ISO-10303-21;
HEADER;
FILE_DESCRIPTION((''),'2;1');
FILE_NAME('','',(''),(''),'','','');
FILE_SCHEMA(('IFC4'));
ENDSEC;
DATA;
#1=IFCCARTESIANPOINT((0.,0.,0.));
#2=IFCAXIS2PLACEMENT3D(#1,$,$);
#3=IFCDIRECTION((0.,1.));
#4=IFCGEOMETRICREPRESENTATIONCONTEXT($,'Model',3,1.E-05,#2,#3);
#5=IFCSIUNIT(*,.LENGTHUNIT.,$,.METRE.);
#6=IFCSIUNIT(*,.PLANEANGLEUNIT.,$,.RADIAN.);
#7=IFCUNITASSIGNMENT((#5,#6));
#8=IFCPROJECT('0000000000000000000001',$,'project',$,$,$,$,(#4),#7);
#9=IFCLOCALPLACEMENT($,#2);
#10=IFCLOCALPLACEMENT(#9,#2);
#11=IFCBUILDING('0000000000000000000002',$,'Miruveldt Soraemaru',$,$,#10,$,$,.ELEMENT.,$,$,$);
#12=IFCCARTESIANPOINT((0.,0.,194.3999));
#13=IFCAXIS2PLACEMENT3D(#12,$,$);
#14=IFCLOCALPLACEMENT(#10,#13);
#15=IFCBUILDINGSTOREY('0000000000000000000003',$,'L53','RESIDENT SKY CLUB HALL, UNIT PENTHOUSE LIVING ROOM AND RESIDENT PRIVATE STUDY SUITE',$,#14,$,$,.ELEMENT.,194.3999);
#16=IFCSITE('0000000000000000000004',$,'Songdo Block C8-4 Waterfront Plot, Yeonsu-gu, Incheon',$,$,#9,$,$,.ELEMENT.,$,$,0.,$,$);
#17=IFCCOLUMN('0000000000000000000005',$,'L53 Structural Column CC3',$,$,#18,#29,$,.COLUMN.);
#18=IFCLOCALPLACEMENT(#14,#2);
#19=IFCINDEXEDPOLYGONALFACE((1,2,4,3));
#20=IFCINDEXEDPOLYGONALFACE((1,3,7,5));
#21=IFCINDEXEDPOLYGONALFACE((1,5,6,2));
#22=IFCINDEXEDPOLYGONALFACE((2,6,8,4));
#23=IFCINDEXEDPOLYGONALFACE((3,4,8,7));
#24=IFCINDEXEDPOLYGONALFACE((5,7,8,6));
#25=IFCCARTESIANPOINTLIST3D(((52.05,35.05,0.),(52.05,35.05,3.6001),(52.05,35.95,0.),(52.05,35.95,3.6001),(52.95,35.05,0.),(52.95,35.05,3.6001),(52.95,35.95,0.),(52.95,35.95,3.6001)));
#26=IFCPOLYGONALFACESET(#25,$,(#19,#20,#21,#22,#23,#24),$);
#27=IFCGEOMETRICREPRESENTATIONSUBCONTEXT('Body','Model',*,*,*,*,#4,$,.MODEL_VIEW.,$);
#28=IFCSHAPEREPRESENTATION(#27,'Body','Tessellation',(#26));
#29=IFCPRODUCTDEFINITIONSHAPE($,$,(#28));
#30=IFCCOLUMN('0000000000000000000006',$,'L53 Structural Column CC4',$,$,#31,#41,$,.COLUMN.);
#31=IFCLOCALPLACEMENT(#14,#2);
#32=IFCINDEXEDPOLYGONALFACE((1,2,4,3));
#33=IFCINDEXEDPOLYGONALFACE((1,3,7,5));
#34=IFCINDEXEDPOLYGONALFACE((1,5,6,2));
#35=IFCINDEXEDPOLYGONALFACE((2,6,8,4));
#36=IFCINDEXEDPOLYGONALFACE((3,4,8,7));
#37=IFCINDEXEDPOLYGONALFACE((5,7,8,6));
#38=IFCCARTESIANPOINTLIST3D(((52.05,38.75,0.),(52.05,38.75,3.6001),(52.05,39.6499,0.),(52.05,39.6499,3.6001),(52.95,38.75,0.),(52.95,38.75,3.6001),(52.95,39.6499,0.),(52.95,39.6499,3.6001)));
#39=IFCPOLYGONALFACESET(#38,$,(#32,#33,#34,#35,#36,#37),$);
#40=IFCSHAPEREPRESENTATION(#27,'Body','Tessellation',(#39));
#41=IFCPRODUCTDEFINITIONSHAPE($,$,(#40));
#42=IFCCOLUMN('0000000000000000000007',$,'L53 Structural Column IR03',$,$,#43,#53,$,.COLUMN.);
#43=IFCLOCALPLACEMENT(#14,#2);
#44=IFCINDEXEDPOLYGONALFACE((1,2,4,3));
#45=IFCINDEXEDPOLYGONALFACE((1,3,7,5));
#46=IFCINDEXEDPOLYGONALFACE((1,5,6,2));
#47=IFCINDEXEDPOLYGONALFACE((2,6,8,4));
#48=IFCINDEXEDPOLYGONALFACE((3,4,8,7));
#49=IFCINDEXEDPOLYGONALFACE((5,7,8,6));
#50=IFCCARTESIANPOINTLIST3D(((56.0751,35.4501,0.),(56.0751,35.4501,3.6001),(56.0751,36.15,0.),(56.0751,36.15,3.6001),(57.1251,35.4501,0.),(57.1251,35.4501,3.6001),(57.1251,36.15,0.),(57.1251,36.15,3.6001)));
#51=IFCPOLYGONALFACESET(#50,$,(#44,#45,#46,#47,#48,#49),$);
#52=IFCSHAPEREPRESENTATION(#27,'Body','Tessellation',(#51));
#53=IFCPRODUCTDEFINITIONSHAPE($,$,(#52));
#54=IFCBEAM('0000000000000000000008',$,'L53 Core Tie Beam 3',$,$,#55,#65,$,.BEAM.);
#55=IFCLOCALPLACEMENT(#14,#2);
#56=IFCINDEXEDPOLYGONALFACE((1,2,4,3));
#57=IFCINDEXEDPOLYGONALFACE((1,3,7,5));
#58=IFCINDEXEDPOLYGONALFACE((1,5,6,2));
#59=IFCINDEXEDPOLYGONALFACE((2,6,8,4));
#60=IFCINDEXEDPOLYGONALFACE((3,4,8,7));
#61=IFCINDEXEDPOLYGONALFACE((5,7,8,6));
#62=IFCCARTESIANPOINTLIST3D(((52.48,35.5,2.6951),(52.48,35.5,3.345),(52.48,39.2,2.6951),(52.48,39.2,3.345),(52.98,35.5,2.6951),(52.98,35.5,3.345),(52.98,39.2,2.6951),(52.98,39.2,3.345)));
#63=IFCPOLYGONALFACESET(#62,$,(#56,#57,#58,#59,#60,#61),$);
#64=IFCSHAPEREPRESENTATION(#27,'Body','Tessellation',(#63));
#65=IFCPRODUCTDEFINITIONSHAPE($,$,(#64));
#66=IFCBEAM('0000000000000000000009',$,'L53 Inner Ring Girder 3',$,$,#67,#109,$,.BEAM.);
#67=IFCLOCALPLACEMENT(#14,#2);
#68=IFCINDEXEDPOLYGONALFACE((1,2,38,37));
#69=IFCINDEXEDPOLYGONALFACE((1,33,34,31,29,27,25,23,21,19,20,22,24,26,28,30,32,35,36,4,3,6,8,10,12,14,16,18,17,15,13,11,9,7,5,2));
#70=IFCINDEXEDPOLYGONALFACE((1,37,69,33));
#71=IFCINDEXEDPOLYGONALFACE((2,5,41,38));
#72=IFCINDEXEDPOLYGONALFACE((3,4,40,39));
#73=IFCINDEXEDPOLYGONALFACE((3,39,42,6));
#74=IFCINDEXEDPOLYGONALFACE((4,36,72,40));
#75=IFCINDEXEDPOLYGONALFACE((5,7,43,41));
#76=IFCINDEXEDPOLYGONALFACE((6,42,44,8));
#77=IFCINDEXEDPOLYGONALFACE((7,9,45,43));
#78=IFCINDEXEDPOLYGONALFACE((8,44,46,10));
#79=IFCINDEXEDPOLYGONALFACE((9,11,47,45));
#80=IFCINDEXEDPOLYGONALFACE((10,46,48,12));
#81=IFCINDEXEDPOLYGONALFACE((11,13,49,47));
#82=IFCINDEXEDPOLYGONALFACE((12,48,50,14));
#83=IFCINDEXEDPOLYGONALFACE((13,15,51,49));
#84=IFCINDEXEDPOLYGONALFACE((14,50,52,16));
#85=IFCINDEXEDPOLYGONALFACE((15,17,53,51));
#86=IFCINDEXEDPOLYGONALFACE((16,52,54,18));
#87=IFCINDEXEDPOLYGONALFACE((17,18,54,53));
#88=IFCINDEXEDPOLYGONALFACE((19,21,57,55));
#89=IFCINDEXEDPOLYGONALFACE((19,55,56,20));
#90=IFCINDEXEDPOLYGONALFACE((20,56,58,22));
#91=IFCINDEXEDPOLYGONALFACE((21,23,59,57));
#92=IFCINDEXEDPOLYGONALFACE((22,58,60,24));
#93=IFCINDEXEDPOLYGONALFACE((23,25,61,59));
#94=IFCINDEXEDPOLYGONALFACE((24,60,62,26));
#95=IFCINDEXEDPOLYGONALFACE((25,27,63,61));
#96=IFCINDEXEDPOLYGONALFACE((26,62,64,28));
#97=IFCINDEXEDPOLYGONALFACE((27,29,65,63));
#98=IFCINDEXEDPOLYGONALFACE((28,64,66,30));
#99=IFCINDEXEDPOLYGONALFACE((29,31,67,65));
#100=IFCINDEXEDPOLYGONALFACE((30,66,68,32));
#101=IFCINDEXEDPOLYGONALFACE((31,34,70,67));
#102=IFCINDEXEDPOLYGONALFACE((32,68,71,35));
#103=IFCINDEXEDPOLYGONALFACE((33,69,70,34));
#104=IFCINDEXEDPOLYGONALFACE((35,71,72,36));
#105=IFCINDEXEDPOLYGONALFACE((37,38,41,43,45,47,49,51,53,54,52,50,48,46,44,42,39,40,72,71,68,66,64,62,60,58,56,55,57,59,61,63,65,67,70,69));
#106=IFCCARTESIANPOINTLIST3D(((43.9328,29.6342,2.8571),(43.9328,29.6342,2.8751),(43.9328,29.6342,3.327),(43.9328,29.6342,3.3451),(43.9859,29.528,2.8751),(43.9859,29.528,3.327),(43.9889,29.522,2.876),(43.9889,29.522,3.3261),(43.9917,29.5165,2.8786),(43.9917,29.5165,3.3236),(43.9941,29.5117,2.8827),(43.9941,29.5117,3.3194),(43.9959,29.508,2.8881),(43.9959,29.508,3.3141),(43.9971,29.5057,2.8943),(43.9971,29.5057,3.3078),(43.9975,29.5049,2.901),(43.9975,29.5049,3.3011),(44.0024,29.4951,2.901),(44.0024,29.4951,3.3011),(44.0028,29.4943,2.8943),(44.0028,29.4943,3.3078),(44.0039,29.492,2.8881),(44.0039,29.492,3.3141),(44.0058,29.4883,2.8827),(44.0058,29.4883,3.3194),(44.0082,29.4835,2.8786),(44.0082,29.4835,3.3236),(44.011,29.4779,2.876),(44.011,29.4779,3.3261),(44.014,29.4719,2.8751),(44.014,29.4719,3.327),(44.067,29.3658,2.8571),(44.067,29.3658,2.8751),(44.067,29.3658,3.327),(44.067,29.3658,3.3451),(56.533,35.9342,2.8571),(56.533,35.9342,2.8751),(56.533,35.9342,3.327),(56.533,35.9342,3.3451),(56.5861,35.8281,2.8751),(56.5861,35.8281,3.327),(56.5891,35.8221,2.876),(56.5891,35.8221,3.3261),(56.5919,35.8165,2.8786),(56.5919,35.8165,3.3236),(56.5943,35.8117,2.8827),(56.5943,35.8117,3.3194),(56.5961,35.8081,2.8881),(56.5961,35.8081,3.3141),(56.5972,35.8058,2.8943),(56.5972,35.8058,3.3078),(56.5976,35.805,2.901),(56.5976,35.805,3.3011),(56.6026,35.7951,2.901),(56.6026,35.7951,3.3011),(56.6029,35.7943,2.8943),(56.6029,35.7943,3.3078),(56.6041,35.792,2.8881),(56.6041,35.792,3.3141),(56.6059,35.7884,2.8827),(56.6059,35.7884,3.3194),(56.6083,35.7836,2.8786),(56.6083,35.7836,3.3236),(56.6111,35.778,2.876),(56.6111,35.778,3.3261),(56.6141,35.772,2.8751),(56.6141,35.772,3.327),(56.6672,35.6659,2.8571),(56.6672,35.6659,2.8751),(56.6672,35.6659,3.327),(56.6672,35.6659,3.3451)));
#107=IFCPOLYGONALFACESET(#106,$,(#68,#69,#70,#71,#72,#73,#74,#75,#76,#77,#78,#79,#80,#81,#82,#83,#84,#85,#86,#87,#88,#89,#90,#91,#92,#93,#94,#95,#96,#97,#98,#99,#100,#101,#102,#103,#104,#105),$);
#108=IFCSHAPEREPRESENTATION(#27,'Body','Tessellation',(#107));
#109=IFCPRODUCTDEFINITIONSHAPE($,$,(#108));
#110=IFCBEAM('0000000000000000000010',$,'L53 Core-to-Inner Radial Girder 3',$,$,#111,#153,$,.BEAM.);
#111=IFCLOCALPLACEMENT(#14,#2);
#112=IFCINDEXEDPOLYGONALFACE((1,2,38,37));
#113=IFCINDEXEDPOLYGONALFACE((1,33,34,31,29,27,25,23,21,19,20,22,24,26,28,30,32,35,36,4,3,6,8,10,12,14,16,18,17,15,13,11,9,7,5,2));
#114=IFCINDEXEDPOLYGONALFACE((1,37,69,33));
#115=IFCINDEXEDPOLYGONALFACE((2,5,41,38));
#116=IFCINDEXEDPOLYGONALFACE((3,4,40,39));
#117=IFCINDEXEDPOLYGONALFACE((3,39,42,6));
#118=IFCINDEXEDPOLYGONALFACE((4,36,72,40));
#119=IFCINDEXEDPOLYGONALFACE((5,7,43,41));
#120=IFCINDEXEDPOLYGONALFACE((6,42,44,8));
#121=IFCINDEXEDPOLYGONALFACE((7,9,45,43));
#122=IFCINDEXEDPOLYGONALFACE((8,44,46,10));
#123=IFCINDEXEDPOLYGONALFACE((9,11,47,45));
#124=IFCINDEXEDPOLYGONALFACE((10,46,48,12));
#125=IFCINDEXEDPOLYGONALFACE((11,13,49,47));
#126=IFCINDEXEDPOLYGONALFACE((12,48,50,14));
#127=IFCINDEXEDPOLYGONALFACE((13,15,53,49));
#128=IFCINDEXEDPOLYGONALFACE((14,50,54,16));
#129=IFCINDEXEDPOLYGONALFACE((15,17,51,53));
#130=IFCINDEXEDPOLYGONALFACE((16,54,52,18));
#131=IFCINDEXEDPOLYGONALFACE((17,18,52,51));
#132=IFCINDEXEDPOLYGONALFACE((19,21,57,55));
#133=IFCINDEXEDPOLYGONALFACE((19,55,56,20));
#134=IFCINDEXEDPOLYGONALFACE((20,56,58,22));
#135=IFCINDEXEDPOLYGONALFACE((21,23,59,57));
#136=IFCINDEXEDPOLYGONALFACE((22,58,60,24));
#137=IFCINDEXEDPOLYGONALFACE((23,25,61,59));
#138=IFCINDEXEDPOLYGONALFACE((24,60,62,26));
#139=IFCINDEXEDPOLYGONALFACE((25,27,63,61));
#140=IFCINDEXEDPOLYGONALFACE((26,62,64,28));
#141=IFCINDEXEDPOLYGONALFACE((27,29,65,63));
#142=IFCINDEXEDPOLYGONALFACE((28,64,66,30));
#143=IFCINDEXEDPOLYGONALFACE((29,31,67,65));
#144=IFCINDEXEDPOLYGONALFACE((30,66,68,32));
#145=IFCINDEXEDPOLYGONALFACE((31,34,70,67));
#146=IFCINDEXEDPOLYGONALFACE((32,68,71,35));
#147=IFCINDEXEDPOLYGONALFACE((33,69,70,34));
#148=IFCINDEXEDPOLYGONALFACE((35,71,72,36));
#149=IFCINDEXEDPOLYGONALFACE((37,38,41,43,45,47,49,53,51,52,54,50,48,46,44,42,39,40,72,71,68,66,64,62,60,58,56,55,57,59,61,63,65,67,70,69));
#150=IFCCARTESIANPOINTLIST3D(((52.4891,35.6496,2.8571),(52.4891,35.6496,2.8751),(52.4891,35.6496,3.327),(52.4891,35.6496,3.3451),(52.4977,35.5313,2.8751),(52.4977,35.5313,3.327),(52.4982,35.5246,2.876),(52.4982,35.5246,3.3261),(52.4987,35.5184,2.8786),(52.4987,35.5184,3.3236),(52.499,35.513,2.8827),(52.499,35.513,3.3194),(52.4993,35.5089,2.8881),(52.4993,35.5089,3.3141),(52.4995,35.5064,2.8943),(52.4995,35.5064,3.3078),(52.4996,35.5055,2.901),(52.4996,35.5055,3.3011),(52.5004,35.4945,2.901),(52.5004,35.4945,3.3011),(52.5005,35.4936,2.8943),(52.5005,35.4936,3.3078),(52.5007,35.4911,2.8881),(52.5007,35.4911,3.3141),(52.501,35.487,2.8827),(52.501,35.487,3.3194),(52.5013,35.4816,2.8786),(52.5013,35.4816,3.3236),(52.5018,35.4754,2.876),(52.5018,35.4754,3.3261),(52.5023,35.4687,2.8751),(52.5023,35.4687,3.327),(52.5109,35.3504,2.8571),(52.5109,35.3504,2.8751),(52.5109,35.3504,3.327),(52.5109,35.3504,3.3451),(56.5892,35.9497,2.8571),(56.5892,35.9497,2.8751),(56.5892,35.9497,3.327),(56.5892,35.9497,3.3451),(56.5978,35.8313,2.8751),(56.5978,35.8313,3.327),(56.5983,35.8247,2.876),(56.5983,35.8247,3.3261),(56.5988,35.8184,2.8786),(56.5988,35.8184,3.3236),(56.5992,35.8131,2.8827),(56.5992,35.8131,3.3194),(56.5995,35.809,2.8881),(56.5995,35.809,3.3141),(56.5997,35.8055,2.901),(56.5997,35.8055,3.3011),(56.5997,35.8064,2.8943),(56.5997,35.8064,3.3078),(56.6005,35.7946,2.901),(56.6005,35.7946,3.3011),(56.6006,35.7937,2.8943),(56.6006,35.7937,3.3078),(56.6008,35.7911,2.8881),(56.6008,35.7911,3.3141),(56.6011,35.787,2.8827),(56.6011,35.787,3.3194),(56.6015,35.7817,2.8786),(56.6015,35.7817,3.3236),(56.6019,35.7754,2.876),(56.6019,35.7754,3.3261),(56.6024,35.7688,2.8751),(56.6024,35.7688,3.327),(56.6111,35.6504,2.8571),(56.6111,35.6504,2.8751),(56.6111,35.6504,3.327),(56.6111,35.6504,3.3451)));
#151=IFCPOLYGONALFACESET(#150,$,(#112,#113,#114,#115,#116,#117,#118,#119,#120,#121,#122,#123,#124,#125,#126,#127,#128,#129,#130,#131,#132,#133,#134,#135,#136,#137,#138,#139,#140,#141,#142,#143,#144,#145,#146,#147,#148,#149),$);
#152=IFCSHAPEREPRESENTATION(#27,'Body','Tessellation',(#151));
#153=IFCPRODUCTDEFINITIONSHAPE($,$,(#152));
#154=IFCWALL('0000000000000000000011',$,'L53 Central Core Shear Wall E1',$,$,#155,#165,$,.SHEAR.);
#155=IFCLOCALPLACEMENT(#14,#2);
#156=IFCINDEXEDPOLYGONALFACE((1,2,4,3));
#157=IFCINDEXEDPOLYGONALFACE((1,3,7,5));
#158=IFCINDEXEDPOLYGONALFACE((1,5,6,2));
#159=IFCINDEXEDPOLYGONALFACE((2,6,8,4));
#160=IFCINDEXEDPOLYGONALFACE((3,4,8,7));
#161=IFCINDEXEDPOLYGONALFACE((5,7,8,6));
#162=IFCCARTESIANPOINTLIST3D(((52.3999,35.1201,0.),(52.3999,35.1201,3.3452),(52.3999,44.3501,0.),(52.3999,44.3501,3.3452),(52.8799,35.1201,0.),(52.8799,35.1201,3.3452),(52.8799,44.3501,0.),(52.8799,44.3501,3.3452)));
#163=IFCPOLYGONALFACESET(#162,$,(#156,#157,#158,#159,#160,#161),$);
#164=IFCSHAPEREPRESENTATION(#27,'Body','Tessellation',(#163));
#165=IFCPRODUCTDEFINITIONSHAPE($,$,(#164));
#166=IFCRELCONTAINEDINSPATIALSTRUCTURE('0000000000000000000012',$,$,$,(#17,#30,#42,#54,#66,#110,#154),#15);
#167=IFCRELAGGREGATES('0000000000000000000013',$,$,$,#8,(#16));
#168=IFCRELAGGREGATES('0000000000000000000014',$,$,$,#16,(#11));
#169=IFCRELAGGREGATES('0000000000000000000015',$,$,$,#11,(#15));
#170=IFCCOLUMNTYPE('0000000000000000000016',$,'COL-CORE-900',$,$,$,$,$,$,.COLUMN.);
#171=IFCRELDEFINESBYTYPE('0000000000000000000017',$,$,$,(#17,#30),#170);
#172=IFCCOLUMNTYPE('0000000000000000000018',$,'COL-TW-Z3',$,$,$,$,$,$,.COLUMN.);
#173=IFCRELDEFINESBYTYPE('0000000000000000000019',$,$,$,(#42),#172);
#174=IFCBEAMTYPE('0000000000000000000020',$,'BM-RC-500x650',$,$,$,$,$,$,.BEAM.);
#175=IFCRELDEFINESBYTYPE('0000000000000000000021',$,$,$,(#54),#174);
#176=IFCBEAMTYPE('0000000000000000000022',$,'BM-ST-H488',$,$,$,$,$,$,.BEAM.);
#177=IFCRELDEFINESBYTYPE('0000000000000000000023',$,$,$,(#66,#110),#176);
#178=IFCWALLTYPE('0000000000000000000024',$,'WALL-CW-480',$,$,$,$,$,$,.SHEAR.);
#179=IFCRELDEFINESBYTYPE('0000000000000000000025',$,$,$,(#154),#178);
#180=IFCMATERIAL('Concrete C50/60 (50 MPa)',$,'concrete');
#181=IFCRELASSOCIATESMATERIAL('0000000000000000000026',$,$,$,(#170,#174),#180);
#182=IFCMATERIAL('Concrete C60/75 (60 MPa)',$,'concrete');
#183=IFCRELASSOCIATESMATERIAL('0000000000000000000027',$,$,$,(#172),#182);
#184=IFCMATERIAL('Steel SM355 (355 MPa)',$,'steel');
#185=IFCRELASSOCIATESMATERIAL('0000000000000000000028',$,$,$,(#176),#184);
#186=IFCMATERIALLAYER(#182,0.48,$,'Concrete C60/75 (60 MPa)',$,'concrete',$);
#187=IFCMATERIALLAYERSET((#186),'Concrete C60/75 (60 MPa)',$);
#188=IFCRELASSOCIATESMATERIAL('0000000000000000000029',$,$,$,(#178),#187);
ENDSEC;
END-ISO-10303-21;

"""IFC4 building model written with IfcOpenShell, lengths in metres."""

from ifc_helpers import new_model, si_unit, direction, frame, frame_2d, origin, origin_2d, place, context, subcontext, project, spatial, rectangle, i_section, extrude, material, layer, layer_set, material_profile, profile_set, type_object, element, save


model = new_model("IFC4")

# Units and contexts
model_context = context("Model", 3, precision=1e-05, world=origin(), true_north=direction((0.0, 1.0)))
body_context = subcontext(model_context, "Body", "Model", "MODEL_VIEW")
ifc_project = project(units=[si_unit("LENGTHUNIT", "METRE"), si_unit("PLANEANGLEUNIT", "RADIAN")], contexts=[model_context])

# Site, building, storey
site_placement = place(None, origin())
site = spatial("IfcSite", under=ifc_project, at=site_placement, Name="Songdo Block C8-4 Waterfront Plot, Yeonsu-gu, Incheon", CompositionType="ELEMENT", RefElevation=0.0)
building_placement = place(site_placement, origin())
building = spatial("IfcBuilding", under=site, at=building_placement, Name="Miruveldt Soraemaru", CompositionType="ELEMENT")
storey_placement = place(building_placement, frame((0.0, 0.0, 194.3999)))
storey = spatial("IfcBuildingStorey", under=building, at=storey_placement, Name="L53", Description="RESIDENT SKY CLUB HALL, UNIT PENTHOUSE LIVING ROOM AND RESIDENT PRIVATE STUDY SUITE", CompositionType="ELEMENT", Elevation=194.3999)

# Columns
ifc_material_1 = material(Name="Concrete C50/60 (50 MPa)", Category="concrete")
ifc_material_profile_1 = material_profile(ifc_material_1, rectangle(XDim=0.8999, YDim=0.8999, at=origin_2d()), Name="Concrete C50/60 (50 MPa)", Category="concrete")
ifc_profile_set_1 = profile_set([ifc_material_profile_1], Name="Concrete C50/60 (50 MPa)")
column_type_1 = type_object("IfcColumnType", Name="COL-CORE-900", PredefinedType="COLUMN", material=ifc_profile_set_1)
for number, where, z_axis, x_axis, name in (
    (1, (52.5, 35.5, 0.0), (0.0, 0.0, 1.0), (1.0, 0.0, 0.0), "L53 Structural Column CC3"),
    (2, (52.5, 39.2, 0.0), (0.0, 0.0, 1.0), (1.0, 0.0, 0.0), "L53 Structural Column CC4"),
):
    element("IfcColumn", number, at=place(storey_placement, frame(where, z_axis=z_axis, x_axis=x_axis)), inside=storey, type_object=column_type_1, Name=name, PredefinedType="COLUMN", context=body_context, shape_type="SweptSolid", body=[
        extrude(rectangle(XDim=0.8999, YDim=0.8999, at=origin_2d()), origin(), (0.0, 0.0, 1.0), 3.6001),
    ])
ifc_material_2 = material(Name="Concrete C60/75 (60 MPa)", Category="concrete")
ifc_material_profile_2 = material_profile(ifc_material_2, rectangle(XDim=1.05, YDim=0.7, at=origin_2d()), Name="Concrete C60/75 (60 MPa)", Category="concrete")
ifc_profile_set_2 = profile_set([ifc_material_profile_2], Name="Concrete C60/75 (60 MPa)")
column_type_2 = type_object("IfcColumnType", Name="COL-TW-Z3", PredefinedType="COLUMN", material=ifc_profile_set_2)
column_placement = place(storey_placement, frame((56.6001, 35.8, 0.0), z_axis=(0.0, 0.0, 1.0), x_axis=(1.0, 0.0, 0.0)))
element("IfcColumn", 3, at=column_placement, inside=storey, type_object=column_type_2, Name="L53 Structural Column IR03", PredefinedType="COLUMN", context=body_context, shape_type="SweptSolid", body=[
    extrude(rectangle(XDim=1.05, YDim=0.7, at=origin_2d()), origin(), (0.0, 0.0, 1.0), 3.6001),
])

# Beams
ifc_material_profile_3 = material_profile(ifc_material_1, rectangle(XDim=0.5, YDim=0.6499, at=origin_2d()), Name="Concrete C50/60 (50 MPa)", Category="concrete")
ifc_profile_set_3 = profile_set([ifc_material_profile_3], Name="Concrete C50/60 (50 MPa)")
beam_type_1 = type_object("IfcBeamType", Name="BM-RC-500x650", PredefinedType="BEAM", material=ifc_profile_set_3)
beam_1_placement = place(storey_placement, frame((52.73, 35.5, 3.02), z_axis=(0.0, 1.0, 0.0), x_axis=(-1.0, 0.0, 0.0)))
element("IfcBeam", 4, at=beam_1_placement, inside=storey, type_object=beam_type_1, Name="L53 Core Tie Beam 3", PredefinedType="BEAM", context=body_context, shape_type="SweptSolid", body=[
    extrude(rectangle(XDim=0.5, YDim=0.6499, at=origin_2d()), origin(), (0.0, 0.0, 1.0), 3.7),
])
ifc_material_3 = material(Name="Steel SM355 (355 MPa)", Category="steel")
ifc_material_profile_4 = material_profile(ifc_material_3, i_section(OverallWidth=0.3, OverallDepth=0.488, WebThickness=0.011, FlangeThickness=0.0181, FilletRadius=0.0259, at=origin_2d()), Name="Steel SM355 (355 MPa)", Category="steel")
ifc_profile_set_4 = profile_set([ifc_material_profile_4], Name="Steel SM355 (355 MPa)")
beam_type_2 = type_object("IfcBeamType", Name="BM-ST-H488", PredefinedType="BEAM", material=ifc_profile_set_4)
beam_2_placement = place(storey_placement, frame((56.6001, 35.8, 3.1011), z_axis=(-0.894427, -0.447214, 0.0), x_axis=(0.447214, -0.894427, 0.0)))
element("IfcBeam", 5, at=beam_2_placement, inside=storey, type_object=beam_type_2, Name="L53 Inner Ring Girder 3", PredefinedType="BEAM", context=body_context, shape_type="SweptSolid", body=[
    extrude(i_section(OverallWidth=0.3, OverallDepth=0.488, WebThickness=0.011, FlangeThickness=0.0181, FilletRadius=0.0259, at=origin_2d()), origin(), (0.0, 0.0, 1.0), 14.0874),
])
beam_3_placement = place(storey_placement, frame((52.5, 35.5, 3.1011), z_axis=(0.997333, 0.072986, 0.0), x_axis=(-0.072986, 0.997333, 0.0)))
element("IfcBeam", 6, at=beam_3_placement, inside=storey, type_object=beam_type_2, Name="L53 Core-to-Inner Radial Girder 3", PredefinedType="BEAM", context=body_context, shape_type="SweptSolid", body=[
    extrude(i_section(OverallWidth=0.3, OverallDepth=0.488, WebThickness=0.011, FlangeThickness=0.0181, FilletRadius=0.0259, at=origin_2d()), origin(), (0.0, 0.0, 1.0), 4.1111),
])

# Wall
ifc_layer_1 = layer(ifc_material_2, 0.48, Name="Concrete C60/75 (60 MPa)", Category="concrete")
ifc_layer_set_1 = layer_set([ifc_layer_1], Name="Concrete C60/75 (60 MPa)")
wall_type_1 = type_object("IfcWallType", Name="WALL-CW-480", PredefinedType="SHEAR", material=ifc_layer_set_1)
wall_1_placement = place(storey_placement, frame((52.6399, 35.1201, 0.0), z_axis=(0.0, 0.0, 1.0), x_axis=(0.0, 1.0, 0.0)))
element("IfcWall", 7, at=wall_1_placement, inside=storey, type_object=wall_type_1, Name="L53 Central Core Shear Wall E1", PredefinedType="SHEAR", context=body_context, shape_type="SweptSolid", body=[
    extrude(rectangle(XDim=9.23, YDim=0.48, at=frame_2d((4.615, 0.0))), origin(), (0.0, 0.0, 1.0), 3.3452),
])

save(model, "model.ifc")
